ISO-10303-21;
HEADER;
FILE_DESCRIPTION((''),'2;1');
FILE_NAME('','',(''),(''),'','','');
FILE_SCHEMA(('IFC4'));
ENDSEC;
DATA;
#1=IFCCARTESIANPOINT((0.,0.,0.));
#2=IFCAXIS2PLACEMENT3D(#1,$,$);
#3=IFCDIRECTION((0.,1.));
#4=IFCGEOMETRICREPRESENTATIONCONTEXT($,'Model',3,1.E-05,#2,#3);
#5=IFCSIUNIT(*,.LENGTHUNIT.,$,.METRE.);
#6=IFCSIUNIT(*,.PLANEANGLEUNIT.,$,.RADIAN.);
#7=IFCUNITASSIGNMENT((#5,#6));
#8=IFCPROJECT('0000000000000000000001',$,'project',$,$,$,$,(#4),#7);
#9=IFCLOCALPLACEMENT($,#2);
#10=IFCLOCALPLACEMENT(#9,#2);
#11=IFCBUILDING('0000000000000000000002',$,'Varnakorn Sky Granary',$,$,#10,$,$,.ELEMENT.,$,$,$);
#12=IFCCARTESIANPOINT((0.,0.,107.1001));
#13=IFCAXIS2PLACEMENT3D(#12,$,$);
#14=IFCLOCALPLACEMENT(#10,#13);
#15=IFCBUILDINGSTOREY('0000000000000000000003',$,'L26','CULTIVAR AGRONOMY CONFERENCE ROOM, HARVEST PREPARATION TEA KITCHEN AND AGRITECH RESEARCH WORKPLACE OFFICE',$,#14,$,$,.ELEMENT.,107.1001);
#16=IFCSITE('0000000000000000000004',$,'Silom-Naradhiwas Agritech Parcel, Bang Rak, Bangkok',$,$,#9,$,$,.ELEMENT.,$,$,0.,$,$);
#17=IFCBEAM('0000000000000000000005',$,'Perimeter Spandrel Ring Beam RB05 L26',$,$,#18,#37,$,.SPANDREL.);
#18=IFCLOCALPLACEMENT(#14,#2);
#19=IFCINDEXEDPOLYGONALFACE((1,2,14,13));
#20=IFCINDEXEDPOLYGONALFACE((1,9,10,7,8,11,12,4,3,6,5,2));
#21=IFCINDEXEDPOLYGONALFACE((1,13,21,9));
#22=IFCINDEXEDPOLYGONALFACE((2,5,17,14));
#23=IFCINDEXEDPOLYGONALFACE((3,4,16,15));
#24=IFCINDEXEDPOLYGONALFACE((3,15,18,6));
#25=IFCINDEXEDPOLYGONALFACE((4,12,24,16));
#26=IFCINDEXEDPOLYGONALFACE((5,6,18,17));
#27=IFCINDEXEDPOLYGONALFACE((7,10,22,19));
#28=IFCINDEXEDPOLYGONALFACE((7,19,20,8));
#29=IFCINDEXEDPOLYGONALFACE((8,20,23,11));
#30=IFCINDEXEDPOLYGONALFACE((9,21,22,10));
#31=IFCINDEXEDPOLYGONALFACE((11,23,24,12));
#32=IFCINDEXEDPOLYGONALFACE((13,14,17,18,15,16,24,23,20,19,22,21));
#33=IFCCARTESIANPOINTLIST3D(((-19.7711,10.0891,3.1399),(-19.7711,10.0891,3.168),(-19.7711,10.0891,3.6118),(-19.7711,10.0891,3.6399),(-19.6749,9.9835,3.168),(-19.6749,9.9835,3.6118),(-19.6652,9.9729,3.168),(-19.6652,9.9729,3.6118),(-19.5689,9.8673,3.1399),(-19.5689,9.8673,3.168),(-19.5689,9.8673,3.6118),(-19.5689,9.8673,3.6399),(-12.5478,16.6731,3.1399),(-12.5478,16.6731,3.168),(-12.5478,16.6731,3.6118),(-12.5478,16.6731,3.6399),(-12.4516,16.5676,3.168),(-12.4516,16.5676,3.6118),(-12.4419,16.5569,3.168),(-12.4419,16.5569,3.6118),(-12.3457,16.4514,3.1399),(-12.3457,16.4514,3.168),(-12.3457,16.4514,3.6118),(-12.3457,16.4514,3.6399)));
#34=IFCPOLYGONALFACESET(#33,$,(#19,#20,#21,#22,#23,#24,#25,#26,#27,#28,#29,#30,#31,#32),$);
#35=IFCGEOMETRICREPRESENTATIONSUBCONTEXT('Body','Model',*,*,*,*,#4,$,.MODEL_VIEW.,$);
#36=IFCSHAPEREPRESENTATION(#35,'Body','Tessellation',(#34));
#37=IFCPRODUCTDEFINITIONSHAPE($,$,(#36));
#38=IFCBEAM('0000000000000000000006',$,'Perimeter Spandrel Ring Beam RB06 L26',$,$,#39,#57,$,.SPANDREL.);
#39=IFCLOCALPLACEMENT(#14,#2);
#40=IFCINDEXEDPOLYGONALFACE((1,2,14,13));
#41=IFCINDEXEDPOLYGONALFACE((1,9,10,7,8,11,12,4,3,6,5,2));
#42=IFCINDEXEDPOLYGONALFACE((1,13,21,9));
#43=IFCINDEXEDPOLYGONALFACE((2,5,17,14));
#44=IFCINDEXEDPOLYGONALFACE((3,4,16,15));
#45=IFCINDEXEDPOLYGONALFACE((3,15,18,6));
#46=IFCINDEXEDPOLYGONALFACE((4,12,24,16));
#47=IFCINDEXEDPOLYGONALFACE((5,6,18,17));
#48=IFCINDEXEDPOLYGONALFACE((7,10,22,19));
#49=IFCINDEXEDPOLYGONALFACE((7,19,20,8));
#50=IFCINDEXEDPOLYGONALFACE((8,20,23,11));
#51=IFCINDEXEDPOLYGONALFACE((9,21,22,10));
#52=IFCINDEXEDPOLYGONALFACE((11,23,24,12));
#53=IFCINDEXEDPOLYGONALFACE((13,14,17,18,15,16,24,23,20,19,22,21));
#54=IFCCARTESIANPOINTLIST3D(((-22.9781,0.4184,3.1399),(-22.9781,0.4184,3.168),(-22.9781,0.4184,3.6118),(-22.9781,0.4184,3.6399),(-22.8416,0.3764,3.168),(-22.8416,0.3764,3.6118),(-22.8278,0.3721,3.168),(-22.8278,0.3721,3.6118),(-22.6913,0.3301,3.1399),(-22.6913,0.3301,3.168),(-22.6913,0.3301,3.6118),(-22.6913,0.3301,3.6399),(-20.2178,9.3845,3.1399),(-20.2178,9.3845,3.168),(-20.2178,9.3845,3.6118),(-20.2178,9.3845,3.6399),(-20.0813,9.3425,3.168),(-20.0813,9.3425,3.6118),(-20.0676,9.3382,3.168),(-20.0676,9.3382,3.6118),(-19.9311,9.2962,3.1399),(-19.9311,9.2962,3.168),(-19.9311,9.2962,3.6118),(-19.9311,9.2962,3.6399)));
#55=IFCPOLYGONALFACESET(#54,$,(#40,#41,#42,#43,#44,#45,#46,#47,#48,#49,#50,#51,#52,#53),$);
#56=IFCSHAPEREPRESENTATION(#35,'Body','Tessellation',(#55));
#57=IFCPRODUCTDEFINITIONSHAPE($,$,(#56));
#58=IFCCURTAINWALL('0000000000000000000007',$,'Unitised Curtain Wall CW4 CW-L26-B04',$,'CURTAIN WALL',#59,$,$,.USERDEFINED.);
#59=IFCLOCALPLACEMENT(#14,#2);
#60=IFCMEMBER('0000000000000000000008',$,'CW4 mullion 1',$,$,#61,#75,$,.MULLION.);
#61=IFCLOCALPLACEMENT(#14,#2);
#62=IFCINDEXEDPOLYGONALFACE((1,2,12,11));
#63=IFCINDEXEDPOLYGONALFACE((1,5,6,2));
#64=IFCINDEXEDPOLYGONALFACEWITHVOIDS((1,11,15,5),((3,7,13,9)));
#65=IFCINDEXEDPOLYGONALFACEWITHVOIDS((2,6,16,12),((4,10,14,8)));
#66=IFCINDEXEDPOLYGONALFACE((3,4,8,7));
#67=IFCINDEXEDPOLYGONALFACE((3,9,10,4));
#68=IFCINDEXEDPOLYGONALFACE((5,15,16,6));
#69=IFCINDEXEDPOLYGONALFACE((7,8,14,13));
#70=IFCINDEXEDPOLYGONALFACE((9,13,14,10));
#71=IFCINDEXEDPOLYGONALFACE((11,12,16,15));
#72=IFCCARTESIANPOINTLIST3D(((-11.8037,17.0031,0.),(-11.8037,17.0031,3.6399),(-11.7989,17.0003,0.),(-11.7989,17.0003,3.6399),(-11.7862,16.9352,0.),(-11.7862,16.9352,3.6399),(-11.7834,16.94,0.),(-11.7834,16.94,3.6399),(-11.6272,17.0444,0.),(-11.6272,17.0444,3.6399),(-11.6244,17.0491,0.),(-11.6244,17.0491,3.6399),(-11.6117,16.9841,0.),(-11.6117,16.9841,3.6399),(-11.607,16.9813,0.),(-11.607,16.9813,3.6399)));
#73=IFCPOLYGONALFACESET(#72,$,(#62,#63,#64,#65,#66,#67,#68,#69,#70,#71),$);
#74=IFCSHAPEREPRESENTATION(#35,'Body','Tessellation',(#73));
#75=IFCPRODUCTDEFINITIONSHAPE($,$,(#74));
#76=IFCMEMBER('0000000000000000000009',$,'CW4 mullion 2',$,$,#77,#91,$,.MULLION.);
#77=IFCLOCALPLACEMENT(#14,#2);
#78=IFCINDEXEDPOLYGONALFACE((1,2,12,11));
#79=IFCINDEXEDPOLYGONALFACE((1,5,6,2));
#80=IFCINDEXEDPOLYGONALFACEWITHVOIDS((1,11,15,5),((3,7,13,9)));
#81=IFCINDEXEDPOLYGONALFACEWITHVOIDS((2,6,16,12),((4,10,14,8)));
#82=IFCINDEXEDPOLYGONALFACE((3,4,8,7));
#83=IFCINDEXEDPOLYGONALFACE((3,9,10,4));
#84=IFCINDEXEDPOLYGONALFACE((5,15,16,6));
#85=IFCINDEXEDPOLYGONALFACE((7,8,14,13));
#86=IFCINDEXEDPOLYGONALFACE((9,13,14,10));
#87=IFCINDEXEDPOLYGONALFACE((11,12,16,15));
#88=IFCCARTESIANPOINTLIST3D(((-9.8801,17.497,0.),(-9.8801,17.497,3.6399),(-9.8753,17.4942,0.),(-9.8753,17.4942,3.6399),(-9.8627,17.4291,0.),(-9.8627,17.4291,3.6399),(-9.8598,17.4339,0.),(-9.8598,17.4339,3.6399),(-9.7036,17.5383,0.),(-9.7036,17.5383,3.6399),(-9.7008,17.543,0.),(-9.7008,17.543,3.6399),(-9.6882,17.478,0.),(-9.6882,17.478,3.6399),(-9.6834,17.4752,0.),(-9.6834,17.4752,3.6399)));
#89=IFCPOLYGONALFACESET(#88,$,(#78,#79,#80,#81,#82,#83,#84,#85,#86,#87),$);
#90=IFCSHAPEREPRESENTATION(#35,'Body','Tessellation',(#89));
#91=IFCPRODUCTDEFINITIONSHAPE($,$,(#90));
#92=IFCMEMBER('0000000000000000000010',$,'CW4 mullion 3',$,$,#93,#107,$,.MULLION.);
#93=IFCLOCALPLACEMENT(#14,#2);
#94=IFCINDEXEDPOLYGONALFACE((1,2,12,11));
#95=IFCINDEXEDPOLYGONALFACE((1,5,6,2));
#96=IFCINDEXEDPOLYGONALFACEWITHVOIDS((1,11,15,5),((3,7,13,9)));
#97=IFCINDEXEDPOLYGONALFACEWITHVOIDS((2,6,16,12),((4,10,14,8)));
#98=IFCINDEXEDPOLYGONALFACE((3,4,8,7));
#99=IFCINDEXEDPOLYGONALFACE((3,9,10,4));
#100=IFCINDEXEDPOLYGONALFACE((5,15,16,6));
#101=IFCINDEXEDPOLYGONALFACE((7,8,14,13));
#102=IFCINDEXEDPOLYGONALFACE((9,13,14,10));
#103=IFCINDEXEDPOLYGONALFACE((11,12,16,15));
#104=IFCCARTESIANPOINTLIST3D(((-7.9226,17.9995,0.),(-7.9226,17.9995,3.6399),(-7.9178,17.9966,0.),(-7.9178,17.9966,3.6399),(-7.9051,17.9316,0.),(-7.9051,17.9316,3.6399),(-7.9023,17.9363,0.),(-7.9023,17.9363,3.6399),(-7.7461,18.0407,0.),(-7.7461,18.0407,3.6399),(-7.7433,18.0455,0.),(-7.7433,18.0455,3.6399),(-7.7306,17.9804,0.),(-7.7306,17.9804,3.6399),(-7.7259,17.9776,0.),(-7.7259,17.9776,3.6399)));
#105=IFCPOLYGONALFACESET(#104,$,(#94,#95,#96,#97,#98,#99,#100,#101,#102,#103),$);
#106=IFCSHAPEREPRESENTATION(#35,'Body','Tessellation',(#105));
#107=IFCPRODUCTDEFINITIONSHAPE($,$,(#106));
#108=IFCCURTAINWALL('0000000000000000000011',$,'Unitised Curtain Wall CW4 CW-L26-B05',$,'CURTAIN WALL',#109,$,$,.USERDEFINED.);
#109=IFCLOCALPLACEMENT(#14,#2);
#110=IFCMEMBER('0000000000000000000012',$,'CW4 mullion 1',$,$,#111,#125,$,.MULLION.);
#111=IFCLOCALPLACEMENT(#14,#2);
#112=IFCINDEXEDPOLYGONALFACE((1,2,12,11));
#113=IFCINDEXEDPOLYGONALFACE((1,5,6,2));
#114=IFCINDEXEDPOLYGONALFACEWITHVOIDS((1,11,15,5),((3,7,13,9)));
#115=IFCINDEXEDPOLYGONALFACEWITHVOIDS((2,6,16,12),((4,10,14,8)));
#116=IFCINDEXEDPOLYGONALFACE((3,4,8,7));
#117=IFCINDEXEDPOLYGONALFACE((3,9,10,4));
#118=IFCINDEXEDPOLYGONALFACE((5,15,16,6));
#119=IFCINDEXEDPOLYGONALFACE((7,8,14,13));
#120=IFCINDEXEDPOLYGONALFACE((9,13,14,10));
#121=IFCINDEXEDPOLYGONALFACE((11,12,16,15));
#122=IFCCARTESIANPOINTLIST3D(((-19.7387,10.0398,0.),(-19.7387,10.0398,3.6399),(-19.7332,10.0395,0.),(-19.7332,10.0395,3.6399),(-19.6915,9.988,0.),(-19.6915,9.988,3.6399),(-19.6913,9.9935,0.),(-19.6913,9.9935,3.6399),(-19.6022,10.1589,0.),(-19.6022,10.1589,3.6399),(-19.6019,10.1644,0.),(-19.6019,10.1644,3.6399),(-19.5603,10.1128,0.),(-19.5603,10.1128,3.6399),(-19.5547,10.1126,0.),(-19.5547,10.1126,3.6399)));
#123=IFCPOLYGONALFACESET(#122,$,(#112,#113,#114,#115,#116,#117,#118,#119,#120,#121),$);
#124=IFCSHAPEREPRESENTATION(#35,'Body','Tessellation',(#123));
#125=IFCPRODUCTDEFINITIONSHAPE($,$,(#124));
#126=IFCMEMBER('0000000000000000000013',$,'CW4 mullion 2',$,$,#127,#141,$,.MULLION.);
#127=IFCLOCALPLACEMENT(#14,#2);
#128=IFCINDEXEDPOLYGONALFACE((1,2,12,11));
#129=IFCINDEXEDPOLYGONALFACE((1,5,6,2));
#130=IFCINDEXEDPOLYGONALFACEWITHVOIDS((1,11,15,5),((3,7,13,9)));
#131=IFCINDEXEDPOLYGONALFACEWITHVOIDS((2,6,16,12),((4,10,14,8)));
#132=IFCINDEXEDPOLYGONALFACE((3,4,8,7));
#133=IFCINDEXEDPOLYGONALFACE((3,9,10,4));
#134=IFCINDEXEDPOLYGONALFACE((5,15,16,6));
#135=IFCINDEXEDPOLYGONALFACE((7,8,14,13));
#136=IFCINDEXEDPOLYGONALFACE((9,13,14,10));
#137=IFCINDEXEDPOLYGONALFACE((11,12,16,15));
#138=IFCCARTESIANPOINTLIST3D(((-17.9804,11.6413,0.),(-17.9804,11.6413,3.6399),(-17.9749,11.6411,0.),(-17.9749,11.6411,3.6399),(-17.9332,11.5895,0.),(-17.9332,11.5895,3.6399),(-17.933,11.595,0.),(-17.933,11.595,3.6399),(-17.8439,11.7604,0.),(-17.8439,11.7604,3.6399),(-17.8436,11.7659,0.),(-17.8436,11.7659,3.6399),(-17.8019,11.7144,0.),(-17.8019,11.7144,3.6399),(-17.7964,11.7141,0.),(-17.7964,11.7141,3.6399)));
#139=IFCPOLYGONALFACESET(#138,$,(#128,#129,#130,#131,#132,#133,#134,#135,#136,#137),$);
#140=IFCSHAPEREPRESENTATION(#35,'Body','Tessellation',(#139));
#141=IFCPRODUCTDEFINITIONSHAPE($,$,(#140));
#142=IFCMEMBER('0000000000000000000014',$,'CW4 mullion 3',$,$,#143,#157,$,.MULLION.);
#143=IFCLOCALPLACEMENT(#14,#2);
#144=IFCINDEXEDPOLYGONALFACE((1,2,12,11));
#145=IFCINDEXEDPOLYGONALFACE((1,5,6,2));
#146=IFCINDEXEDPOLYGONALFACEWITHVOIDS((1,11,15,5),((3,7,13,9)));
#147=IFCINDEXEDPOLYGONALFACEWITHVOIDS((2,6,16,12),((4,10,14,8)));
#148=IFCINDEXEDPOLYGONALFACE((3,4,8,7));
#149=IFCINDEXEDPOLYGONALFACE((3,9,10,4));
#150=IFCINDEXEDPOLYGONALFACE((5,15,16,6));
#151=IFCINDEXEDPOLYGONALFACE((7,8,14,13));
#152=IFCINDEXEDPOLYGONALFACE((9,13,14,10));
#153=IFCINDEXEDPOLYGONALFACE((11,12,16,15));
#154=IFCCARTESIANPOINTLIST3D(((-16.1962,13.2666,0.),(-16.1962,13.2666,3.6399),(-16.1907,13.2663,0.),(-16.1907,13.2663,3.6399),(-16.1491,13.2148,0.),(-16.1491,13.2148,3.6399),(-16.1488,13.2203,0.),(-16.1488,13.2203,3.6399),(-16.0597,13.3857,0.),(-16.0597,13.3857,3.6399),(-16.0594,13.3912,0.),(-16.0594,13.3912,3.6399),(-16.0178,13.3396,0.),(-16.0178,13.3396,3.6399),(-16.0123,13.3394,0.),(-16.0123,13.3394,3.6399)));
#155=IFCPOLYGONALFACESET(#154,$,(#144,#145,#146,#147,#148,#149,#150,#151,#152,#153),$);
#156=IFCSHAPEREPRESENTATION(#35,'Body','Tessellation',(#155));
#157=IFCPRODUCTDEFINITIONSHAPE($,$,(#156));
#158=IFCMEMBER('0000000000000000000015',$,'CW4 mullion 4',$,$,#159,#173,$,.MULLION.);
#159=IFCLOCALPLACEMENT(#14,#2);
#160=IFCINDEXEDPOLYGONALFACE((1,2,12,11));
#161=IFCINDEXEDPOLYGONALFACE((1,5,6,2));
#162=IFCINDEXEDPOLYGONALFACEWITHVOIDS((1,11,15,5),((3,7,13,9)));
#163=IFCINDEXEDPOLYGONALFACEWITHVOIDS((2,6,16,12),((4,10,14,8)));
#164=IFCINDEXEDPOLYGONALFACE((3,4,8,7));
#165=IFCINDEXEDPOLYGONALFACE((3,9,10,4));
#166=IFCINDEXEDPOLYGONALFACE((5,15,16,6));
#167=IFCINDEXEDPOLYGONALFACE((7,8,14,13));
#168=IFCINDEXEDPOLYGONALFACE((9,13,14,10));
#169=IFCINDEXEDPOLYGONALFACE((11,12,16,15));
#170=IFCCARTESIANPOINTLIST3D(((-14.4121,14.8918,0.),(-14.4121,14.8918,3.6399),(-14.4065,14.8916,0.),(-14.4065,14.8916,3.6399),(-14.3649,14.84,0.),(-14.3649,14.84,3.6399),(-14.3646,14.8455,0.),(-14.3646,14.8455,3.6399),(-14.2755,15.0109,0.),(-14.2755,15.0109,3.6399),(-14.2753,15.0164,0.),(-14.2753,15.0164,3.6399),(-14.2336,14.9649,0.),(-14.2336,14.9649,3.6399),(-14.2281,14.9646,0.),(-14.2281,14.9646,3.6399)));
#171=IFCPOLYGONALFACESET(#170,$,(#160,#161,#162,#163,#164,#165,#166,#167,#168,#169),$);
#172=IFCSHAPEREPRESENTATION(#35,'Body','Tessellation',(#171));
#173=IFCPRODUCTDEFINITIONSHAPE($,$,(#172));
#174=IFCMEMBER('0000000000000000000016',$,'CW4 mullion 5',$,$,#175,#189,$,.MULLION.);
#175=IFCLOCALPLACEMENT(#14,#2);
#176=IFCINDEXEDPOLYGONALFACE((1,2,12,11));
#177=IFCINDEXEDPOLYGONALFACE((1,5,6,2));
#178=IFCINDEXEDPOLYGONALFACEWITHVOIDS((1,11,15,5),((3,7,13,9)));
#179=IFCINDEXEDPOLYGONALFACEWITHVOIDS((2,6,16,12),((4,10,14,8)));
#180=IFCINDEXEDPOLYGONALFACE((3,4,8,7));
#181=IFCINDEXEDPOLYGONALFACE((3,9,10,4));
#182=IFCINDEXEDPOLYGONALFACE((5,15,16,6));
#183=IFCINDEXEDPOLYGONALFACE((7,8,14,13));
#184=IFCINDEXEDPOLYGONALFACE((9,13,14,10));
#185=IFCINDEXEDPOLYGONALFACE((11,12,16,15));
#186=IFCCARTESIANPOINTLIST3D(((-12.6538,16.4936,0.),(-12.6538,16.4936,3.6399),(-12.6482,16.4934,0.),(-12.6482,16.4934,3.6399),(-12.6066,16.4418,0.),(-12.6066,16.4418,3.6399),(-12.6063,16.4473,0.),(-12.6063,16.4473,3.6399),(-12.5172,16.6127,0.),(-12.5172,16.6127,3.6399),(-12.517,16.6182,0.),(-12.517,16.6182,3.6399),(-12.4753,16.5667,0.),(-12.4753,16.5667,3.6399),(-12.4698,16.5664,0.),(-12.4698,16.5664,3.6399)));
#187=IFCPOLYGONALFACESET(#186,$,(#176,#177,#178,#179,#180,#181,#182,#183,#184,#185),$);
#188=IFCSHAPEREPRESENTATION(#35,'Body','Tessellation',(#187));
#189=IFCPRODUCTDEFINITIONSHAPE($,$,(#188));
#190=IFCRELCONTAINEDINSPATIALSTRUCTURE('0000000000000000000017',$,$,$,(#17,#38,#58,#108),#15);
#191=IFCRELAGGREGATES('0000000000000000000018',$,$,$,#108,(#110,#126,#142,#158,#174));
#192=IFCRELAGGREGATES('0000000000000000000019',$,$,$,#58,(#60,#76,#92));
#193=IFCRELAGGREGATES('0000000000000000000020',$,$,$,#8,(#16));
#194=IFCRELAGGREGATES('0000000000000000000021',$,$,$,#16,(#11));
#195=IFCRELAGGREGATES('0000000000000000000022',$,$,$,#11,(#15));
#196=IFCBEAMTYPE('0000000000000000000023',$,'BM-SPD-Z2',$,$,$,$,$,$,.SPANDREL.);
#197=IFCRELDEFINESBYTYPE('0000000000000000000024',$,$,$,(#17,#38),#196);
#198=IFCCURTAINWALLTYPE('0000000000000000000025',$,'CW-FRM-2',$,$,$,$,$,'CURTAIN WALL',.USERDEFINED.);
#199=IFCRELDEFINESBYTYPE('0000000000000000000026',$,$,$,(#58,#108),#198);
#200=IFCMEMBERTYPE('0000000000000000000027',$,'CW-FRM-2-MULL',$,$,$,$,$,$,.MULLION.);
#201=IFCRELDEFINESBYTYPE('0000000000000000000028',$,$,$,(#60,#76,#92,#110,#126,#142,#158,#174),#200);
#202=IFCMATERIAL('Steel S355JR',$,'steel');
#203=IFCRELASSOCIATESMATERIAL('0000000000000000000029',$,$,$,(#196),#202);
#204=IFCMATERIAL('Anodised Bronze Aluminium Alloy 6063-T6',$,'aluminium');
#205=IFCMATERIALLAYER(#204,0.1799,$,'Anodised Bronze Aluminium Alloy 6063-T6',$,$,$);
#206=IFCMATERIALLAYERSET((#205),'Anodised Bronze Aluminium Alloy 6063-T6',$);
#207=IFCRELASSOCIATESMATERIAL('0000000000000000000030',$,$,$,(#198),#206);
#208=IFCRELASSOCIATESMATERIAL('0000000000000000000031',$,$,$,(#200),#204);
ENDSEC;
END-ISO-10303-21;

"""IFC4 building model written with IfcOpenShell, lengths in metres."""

from ifc_helpers import new_model, si_unit, direction, frame, origin, origin_2d, place, context, subcontext, project, spatial, hollow_rectangle, i_section, extrude, material, layer, layer_set, material_profile, profile_set, type_object, element, aggregate, save


model = new_model("IFC4")

# Units and contexts
model_context = context("Model", 3, precision=1e-05, world=origin(), true_north=direction((0.0, 1.0)))
body_context = subcontext(model_context, "Body", "Model", "MODEL_VIEW")
ifc_project = project(units=[si_unit("LENGTHUNIT", "METRE"), si_unit("PLANEANGLEUNIT", "RADIAN")], contexts=[model_context])

# Site, building, storey
site_placement = place(None, origin())
site = spatial("IfcSite", under=ifc_project, at=site_placement, Name="Silom-Naradhiwas Agritech Parcel, Bang Rak, Bangkok", CompositionType="ELEMENT", RefElevation=0.0)
building_placement = place(site_placement, origin())
building = spatial("IfcBuilding", under=site, at=building_placement, Name="Varnakorn Sky Granary", CompositionType="ELEMENT")
storey_placement = place(building_placement, frame((0.0, 0.0, 107.1001)))
storey = spatial("IfcBuildingStorey", under=building, at=storey_placement, Name="L26", Description="CULTIVAR AGRONOMY CONFERENCE ROOM, HARVEST PREPARATION TEA KITCHEN AND AGRITECH RESEARCH WORKPLACE OFFICE", CompositionType="ELEMENT", Elevation=107.1001)

# Beams
ifc_material_1 = material(Name="Steel S355JR", Category="steel")
ifc_material_profile_1 = material_profile(ifc_material_1, i_section(OverallWidth=0.3, OverallDepth=0.5, WebThickness=0.0144, FlangeThickness=0.0281, at=origin_2d()), Name="HE 500 B")
ifc_profile_set_1 = profile_set([ifc_material_profile_1], Name="Steel S355JR")
beam_type_1 = type_object("IfcBeamType", Name="BM-SPD-Z2", PredefinedType="SPANDREL", material=ifc_profile_set_1)
beam_1_placement = place(storey_placement, frame((-12.4468, 16.5623, 3.3899), z_axis=(-0.739049, -0.673652, 0.0), x_axis=(0.673652, -0.739049, 0.0)))
element("IfcBeam", 1, at=beam_1_placement, inside=storey, type_object=beam_type_1, Name="Perimeter Spandrel Ring Beam RB05 L26", PredefinedType="SPANDREL", context=body_context, shape_type="SweptSolid", body=[
    extrude(i_section(OverallWidth=0.3, OverallDepth=0.5, WebThickness=0.0144, FlangeThickness=0.0281, at=origin_2d()), origin(), (0.0, 0.0, 1.0), 9.7737),
])
beam_2_placement = place(storey_placement, frame((-20.0745, 9.3403, 3.3899), z_axis=(-0.294228, -0.955735, 0.0), x_axis=(0.955735, -0.294228, 0.0)))
element("IfcBeam", 2, at=beam_2_placement, inside=storey, type_object=beam_type_1, Name="Perimeter Spandrel Ring Beam RB06 L26", PredefinedType="SPANDREL", context=body_context, shape_type="SweptSolid", body=[
    extrude(i_section(OverallWidth=0.3, OverallDepth=0.5, WebThickness=0.0144, FlangeThickness=0.0281, at=origin_2d()), origin(), (0.0, 0.0, 1.0), 9.3813),
])

# Curtain walls, members
ifc_material_2 = material(Name="Anodised Bronze Aluminium Alloy 6063-T6", Category="aluminium")
ifc_layer_1 = layer(ifc_material_2, 0.1799, Name="Anodised Bronze Aluminium Alloy 6063-T6")
ifc_layer_set_1 = layer_set([ifc_layer_1], Name="Anodised Bronze Aluminium Alloy 6063-T6")
curtain_wall_type = type_object("IfcCurtainWallType", Name="CW-FRM-2", ElementType="CURTAIN WALL", PredefinedType="USERDEFINED", material=ifc_layer_set_1)
curtain_wall_1_placement = place(storey_placement, origin())
curtain_wall_1 = element("IfcCurtainWall", 3, at=curtain_wall_1_placement, inside=storey, type_object=curtain_wall_type, Name="Unitised Curtain Wall CW4 CW-L26-B04", ObjectType="CURTAIN WALL", PredefinedType="USERDEFINED")
ifc_material_profile_2 = material_profile(ifc_material_2, hollow_rectangle(XDim=0.0701, YDim=0.1851, WallThickness=0.0039, at=origin_2d()), Name="ALU MULL 70x185")
ifc_profile_set_2 = profile_set([ifc_material_profile_2], Name="Anodised Bronze Aluminium Alloy 6063-T6")
member_type_1 = type_object("IfcMemberType", Name="CW-FRM-2-MULL", PredefinedType="MULLION", material=ifc_profile_set_2)
member_1_placement = place(storey_placement, frame((-11.7053, 16.9922, 0.0), z_axis=(0.0, 0.0, 1.0), x_axis=(-0.248636, 0.968597, 0.0)))
member_1 = element("IfcMember", 4, at=member_1_placement, type_object=member_type_1, Name="CW4 mullion 1", PredefinedType="MULLION", context=body_context, shape_type="SweptSolid", body=[
    extrude(hollow_rectangle(XDim=0.0701, YDim=0.1851, WallThickness=0.0039, at=origin_2d()), origin(), (0.0, 0.0, 1.0), 3.6399),
])
member_2_placement = place(storey_placement, frame((-9.7817, 17.4861, 0.0), z_axis=(0.0, 0.0, 1.0), x_axis=(-0.248636, 0.968597, 0.0)))
member_2 = element("IfcMember", 5, at=member_2_placement, type_object=member_type_1, Name="CW4 mullion 2", PredefinedType="MULLION", context=body_context, shape_type="SweptSolid", body=[
    extrude(hollow_rectangle(XDim=0.0701, YDim=0.1851, WallThickness=0.0039, at=origin_2d()), origin(), (0.0, 0.0, 1.0), 3.6399),
])
member_3_placement = place(storey_placement, frame((-7.8242, 17.9885, 0.0), z_axis=(0.0, 0.0, 1.0), x_axis=(-0.248636, 0.968597, 0.0)))
member_3 = element("IfcMember", 6, at=member_3_placement, type_object=member_type_1, Name="CW4 mullion 3", PredefinedType="MULLION", context=body_context, shape_type="SweptSolid", body=[
    extrude(hollow_rectangle(XDim=0.0701, YDim=0.1851, WallThickness=0.0039, at=origin_2d()), origin(), (0.0, 0.0, 1.0), 3.6399),
])
curtain_wall_2_placement = place(storey_placement, origin())
curtain_wall_2 = element("IfcCurtainWall", 7, at=curtain_wall_2_placement, inside=storey, type_object=curtain_wall_type, Name="Unitised Curtain Wall CW4 CW-L26-B05", ObjectType="CURTAIN WALL", PredefinedType="USERDEFINED")
member_4_placement = place(storey_placement, frame((-19.6467, 10.0762, 0.0), z_axis=(0.0, 0.0, 1.0), x_axis=(-0.673414, 0.739265, 0.0)))
member_4 = element("IfcMember", 8, at=member_4_placement, type_object=member_type_1, Name="CW4 mullion 1", PredefinedType="MULLION", context=body_context, shape_type="SweptSolid", body=[
    extrude(hollow_rectangle(XDim=0.0701, YDim=0.1851, WallThickness=0.0039, at=origin_2d()), origin(), (0.0, 0.0, 1.0), 3.6399),
])
member_5_placement = place(storey_placement, frame((-17.8884, 11.6777, 0.0), z_axis=(0.0, 0.0, 1.0), x_axis=(-0.673414, 0.739265, 0.0)))
member_5 = element("IfcMember", 9, at=member_5_placement, type_object=member_type_1, Name="CW4 mullion 2", PredefinedType="MULLION", context=body_context, shape_type="SweptSolid", body=[
    extrude(hollow_rectangle(XDim=0.0701, YDim=0.1851, WallThickness=0.0039, at=origin_2d()), origin(), (0.0, 0.0, 1.0), 3.6399),
])
member_6_placement = place(storey_placement, frame((-16.1042, 13.303, 0.0), z_axis=(0.0, 0.0, 1.0), x_axis=(-0.673414, 0.739265, 0.0)))
member_6 = element("IfcMember", 10, at=member_6_placement, type_object=member_type_1, Name="CW4 mullion 3", PredefinedType="MULLION", context=body_context, shape_type="SweptSolid", body=[
    extrude(hollow_rectangle(XDim=0.0701, YDim=0.1851, WallThickness=0.0039, at=origin_2d()), origin(), (0.0, 0.0, 1.0), 3.6399),
])
member_7_placement = place(storey_placement, frame((-14.3201, 14.9282, 0.0), z_axis=(0.0, 0.0, 1.0), x_axis=(-0.673414, 0.739265, 0.0)))
member_7 = element("IfcMember", 11, at=member_7_placement, type_object=member_type_1, Name="CW4 mullion 4", PredefinedType="MULLION", context=body_context, shape_type="SweptSolid", body=[
    extrude(hollow_rectangle(XDim=0.0701, YDim=0.1851, WallThickness=0.0039, at=origin_2d()), origin(), (0.0, 0.0, 1.0), 3.6399),
])
member_8_placement = place(storey_placement, frame((-12.5618, 16.53, 0.0), z_axis=(0.0, 0.0, 1.0), x_axis=(-0.673414, 0.739265, 0.0)))
member_8 = element("IfcMember", 12, at=member_8_placement, type_object=member_type_1, Name="CW4 mullion 5", PredefinedType="MULLION", context=body_context, shape_type="SweptSolid", body=[
    extrude(hollow_rectangle(XDim=0.0701, YDim=0.1851, WallThickness=0.0039, at=origin_2d()), origin(), (0.0, 0.0, 1.0), 3.6399),
])

aggregate(curtain_wall_2, [member_4, member_5, member_6, member_7, member_8])
aggregate(curtain_wall_1, [member_1, member_2, member_3])

save(model, "model.ifc")
